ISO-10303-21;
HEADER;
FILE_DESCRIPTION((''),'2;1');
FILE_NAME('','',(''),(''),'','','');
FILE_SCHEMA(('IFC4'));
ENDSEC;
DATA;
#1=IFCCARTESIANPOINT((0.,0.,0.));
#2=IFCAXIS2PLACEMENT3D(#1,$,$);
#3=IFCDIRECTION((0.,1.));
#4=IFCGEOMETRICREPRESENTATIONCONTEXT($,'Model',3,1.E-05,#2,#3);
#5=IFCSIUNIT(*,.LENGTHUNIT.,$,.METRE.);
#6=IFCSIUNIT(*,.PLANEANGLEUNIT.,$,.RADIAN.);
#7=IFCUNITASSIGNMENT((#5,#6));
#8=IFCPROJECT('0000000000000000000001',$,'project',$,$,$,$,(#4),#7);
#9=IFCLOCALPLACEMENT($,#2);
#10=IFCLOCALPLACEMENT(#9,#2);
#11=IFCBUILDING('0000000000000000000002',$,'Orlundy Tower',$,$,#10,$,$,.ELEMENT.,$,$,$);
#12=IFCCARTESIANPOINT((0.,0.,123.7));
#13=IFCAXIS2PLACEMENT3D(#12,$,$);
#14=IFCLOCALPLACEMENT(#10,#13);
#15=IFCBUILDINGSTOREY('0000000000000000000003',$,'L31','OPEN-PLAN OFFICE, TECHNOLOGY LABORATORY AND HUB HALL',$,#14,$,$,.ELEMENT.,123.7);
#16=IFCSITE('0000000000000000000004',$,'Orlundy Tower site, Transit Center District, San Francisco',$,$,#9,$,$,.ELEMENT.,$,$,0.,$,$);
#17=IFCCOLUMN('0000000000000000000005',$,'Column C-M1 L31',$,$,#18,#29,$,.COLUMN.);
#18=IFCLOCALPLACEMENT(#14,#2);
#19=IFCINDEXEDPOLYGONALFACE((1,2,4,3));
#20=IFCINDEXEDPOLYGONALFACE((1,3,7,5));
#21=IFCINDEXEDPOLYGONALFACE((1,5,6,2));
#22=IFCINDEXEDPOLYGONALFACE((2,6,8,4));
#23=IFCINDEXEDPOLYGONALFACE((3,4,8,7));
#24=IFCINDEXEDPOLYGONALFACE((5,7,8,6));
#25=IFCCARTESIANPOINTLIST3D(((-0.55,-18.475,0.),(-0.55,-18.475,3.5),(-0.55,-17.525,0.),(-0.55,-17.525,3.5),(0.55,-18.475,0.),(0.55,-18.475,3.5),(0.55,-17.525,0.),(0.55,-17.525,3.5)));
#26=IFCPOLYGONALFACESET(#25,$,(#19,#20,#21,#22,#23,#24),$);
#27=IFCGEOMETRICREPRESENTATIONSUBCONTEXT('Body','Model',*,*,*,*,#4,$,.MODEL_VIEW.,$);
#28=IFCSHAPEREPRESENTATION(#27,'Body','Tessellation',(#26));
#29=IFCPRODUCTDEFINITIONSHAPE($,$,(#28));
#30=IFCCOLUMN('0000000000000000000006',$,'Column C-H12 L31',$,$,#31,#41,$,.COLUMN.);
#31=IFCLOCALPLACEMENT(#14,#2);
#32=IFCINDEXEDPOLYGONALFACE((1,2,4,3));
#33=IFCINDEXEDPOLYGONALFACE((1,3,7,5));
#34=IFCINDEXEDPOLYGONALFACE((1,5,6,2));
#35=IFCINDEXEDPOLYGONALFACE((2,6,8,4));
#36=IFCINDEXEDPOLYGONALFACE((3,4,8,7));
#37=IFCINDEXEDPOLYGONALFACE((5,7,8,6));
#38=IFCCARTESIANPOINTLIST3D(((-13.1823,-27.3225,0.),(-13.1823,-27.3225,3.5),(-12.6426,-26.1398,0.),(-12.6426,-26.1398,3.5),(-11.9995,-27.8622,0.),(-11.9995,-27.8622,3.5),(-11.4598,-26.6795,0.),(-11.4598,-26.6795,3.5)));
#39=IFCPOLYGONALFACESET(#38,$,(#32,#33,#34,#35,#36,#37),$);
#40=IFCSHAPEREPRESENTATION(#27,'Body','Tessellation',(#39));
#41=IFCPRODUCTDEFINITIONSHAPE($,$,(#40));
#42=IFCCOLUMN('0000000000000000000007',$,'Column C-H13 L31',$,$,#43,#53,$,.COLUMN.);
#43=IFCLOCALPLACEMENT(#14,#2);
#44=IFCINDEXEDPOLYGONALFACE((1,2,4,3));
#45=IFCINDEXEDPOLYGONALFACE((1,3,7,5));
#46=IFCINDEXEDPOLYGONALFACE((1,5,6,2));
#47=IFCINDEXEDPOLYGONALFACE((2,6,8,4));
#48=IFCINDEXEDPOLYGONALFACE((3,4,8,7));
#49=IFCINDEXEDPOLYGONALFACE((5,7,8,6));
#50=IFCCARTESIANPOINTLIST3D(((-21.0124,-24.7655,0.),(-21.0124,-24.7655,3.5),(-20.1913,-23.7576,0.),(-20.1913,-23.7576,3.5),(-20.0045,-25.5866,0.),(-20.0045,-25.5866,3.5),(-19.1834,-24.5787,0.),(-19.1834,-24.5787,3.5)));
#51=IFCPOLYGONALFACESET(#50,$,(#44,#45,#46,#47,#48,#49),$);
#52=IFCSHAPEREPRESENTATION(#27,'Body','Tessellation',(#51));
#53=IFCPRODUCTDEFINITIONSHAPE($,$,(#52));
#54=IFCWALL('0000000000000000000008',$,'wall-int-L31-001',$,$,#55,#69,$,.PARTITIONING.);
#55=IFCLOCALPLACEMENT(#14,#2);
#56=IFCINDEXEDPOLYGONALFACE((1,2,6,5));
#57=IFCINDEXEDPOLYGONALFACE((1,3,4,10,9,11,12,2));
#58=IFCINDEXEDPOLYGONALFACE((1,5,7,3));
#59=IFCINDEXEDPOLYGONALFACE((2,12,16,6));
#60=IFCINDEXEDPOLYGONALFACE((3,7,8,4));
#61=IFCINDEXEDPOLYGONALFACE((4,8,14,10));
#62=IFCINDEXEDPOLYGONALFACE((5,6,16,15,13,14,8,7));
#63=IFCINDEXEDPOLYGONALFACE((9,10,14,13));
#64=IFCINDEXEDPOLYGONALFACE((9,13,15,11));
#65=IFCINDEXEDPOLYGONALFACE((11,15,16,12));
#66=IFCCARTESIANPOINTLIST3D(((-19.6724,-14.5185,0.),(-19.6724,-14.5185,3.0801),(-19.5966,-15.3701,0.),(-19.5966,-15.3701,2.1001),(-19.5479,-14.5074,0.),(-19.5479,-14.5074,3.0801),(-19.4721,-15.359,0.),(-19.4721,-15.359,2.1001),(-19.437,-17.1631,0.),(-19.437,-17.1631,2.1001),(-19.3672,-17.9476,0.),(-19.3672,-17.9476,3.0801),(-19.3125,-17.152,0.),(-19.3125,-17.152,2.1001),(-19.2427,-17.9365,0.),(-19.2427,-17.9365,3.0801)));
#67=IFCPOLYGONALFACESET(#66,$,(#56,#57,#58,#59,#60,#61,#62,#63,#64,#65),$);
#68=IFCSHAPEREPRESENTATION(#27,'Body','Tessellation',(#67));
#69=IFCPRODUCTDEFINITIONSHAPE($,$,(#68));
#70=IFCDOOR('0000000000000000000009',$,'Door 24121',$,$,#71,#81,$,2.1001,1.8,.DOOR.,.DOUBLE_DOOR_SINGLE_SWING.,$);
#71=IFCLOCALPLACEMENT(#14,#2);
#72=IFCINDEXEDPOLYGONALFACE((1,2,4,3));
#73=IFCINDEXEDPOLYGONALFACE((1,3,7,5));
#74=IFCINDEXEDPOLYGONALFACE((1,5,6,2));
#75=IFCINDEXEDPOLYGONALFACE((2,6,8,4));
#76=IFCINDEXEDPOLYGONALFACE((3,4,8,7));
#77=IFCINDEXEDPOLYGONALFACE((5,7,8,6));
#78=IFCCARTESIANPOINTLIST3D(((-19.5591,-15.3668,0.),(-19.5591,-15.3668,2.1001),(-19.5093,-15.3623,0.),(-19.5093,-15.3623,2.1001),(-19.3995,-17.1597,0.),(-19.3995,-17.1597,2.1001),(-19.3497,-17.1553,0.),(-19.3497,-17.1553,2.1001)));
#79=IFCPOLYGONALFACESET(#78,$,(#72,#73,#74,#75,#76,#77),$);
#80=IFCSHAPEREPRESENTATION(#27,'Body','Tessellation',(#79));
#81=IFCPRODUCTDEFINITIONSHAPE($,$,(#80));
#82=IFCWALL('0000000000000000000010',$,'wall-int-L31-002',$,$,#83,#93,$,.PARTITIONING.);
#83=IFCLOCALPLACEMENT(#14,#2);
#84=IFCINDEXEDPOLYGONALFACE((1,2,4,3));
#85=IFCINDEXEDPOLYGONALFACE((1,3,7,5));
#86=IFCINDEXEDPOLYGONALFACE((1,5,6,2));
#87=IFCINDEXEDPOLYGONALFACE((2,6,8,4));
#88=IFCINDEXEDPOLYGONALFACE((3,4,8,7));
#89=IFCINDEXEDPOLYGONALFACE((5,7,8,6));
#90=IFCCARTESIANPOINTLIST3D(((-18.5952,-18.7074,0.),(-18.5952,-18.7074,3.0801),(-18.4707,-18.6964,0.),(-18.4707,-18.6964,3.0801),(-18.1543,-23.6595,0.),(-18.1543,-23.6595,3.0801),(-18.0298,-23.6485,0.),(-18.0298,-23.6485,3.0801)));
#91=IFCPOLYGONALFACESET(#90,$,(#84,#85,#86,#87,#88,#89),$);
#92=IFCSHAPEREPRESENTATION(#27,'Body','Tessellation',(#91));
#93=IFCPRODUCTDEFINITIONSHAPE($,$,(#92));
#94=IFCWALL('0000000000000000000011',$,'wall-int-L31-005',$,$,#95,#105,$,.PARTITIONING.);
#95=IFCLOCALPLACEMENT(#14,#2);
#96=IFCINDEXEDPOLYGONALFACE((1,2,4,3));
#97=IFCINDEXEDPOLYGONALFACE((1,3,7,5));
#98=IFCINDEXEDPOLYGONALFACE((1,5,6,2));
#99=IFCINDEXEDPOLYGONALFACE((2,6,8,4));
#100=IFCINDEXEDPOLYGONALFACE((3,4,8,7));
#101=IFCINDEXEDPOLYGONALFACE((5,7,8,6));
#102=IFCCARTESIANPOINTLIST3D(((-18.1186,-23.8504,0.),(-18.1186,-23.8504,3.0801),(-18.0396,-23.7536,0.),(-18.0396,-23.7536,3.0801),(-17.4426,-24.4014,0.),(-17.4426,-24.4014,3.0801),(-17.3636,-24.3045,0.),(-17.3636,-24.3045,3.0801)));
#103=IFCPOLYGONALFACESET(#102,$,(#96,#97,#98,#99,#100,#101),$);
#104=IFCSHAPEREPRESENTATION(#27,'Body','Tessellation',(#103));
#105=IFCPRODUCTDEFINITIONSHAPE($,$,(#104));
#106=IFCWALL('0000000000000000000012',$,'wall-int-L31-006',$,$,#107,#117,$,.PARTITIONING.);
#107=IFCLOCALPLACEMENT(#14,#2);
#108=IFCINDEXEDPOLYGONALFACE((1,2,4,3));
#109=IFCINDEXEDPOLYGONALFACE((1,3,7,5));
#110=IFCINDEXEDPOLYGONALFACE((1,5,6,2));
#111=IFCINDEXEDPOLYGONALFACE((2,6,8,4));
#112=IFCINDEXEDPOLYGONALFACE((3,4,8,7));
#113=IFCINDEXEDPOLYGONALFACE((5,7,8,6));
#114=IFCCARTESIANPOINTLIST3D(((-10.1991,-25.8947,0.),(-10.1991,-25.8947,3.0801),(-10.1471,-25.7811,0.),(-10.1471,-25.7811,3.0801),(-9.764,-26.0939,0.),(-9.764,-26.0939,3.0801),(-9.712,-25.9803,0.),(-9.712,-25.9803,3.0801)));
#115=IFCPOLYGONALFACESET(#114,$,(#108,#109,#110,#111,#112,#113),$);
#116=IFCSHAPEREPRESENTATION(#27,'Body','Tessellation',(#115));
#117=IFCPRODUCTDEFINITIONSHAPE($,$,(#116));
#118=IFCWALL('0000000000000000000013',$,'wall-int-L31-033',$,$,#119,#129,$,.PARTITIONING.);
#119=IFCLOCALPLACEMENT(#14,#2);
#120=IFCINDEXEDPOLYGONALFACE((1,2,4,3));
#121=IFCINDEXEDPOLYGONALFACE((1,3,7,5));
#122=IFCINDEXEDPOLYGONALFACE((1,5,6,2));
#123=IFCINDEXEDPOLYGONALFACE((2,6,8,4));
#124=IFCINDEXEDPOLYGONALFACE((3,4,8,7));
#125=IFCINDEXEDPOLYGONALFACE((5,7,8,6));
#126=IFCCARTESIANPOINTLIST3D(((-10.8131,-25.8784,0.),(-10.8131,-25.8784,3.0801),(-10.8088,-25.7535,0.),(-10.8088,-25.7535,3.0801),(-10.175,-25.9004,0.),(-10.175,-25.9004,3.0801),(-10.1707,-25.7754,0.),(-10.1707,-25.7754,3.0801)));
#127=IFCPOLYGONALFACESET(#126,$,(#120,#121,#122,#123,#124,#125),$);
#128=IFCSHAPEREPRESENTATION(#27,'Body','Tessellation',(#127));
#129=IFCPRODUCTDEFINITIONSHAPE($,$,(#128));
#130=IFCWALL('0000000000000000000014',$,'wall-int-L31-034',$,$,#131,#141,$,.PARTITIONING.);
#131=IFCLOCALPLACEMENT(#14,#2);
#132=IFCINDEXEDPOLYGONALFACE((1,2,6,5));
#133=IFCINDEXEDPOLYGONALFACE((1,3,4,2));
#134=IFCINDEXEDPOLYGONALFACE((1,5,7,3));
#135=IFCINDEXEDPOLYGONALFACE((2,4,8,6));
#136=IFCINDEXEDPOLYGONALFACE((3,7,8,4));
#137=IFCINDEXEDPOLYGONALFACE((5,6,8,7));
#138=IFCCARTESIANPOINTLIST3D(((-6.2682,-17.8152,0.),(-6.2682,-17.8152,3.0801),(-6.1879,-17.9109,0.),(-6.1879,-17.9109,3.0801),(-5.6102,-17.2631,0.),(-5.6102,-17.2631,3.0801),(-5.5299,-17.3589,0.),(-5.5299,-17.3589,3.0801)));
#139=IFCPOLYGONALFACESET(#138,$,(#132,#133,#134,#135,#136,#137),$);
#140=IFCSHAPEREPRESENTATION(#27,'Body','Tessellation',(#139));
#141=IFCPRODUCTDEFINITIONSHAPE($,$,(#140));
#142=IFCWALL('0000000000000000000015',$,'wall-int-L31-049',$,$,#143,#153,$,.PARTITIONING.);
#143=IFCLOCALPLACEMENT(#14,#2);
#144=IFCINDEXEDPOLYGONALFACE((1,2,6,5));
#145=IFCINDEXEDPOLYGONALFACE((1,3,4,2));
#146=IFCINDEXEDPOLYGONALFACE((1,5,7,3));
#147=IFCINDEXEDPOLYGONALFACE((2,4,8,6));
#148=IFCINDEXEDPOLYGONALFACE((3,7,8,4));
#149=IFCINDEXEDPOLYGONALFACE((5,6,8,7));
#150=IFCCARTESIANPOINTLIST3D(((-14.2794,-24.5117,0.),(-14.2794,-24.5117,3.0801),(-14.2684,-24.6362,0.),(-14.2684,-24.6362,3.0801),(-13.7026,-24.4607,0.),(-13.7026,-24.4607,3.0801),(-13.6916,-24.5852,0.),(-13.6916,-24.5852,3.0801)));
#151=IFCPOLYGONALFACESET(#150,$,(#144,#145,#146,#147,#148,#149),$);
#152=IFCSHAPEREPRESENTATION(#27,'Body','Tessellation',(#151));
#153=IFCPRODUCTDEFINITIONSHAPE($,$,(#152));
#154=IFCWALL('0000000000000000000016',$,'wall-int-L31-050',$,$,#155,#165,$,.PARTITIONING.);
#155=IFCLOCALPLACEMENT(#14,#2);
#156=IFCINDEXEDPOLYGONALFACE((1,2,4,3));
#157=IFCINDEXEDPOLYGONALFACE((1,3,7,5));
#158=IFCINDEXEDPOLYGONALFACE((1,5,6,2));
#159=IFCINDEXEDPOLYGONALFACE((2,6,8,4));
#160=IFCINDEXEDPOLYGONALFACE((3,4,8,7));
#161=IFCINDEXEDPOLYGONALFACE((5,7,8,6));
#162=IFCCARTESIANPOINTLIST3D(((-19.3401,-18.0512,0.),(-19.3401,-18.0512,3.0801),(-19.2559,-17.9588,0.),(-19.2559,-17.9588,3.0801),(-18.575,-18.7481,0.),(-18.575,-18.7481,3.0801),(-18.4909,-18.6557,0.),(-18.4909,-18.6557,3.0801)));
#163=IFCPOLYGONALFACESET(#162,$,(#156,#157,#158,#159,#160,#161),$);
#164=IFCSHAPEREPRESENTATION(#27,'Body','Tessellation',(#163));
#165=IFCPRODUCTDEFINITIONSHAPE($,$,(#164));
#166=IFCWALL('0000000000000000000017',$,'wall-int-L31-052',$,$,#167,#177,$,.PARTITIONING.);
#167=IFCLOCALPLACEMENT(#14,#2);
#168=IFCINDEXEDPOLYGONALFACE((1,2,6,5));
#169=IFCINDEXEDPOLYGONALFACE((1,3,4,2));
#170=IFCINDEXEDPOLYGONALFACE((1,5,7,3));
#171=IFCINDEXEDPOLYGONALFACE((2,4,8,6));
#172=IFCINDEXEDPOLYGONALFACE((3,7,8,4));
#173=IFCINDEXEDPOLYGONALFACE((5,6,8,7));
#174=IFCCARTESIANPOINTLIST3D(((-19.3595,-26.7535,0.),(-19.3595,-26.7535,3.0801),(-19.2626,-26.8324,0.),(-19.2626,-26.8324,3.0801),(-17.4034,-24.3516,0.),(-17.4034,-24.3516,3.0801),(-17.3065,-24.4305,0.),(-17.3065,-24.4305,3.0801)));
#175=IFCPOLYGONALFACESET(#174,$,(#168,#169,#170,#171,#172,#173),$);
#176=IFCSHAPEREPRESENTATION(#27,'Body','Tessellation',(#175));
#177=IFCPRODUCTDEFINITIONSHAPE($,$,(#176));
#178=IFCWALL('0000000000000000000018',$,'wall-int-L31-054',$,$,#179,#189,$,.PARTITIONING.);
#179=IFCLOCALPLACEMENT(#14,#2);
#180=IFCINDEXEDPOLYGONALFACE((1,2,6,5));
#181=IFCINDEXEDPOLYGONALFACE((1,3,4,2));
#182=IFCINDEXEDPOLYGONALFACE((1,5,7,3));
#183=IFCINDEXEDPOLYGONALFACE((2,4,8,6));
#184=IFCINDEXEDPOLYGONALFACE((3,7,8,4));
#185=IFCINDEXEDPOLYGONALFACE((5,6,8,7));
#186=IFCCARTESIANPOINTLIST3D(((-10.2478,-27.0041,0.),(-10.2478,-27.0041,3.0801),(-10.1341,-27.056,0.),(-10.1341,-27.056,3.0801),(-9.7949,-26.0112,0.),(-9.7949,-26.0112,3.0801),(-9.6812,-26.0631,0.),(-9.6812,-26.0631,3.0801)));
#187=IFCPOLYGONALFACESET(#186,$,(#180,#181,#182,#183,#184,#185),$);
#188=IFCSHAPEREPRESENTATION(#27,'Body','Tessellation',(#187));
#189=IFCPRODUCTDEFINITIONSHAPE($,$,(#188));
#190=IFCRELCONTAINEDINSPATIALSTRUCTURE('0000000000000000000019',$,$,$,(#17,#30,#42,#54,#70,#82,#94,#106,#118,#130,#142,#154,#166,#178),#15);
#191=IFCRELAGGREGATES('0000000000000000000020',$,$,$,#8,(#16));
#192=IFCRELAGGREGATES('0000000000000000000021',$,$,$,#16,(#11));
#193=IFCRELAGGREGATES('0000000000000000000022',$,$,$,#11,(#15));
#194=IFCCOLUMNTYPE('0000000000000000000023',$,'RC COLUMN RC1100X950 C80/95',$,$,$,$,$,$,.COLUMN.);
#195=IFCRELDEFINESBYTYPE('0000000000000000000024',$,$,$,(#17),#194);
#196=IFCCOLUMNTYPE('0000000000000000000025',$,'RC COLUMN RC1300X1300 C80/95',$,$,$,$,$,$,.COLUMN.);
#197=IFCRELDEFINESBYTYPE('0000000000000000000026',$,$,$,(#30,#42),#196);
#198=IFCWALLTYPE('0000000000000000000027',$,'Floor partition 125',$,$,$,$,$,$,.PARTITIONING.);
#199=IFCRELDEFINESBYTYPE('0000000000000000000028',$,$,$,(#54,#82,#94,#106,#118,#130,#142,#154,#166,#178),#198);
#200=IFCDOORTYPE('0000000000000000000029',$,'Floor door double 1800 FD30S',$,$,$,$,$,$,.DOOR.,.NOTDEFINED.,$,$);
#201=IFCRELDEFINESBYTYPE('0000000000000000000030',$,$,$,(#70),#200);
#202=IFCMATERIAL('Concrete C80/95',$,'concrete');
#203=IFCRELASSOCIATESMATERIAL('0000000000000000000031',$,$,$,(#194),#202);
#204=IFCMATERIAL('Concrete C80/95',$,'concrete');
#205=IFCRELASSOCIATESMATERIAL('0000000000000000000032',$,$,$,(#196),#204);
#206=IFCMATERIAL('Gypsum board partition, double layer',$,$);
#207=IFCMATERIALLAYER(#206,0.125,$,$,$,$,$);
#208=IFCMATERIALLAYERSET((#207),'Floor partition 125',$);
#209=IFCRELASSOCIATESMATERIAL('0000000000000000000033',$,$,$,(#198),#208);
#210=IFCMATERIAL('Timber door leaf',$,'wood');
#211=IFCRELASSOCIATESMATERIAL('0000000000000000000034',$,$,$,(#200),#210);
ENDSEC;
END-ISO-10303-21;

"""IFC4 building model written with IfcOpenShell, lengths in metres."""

from ifc_helpers import new_model, si_unit, direction, frame, frame_2d, origin, origin_2d, place, context, subcontext, project, spatial, rectangle, extrude, material, layer, layer_set, material_profile, profile_set, type_object, element, fill, save


model = new_model("IFC4")

# Units and contexts
model_context = context("Model", 3, precision=1e-05, world=origin(), true_north=direction((0.0, 1.0)))
body_context = subcontext(model_context, "Body", "Model", "MODEL_VIEW")
ifc_project = project(units=[si_unit("LENGTHUNIT", "METRE"), si_unit("PLANEANGLEUNIT", "RADIAN")], contexts=[model_context])

# Site, building, storey
site_placement = place(None, origin())
site = spatial("IfcSite", under=ifc_project, at=site_placement, Name="Orlundy Tower site, Transit Center District, San Francisco", CompositionType="ELEMENT", RefElevation=0.0)
building_placement = place(site_placement, origin())
building = spatial("IfcBuilding", under=site, at=building_placement, Name="Orlundy Tower", CompositionType="ELEMENT")
storey_placement = place(building_placement, frame((0.0, 0.0, 123.7)))
storey = spatial("IfcBuildingStorey", under=building, at=storey_placement, Name="L31", Description="OPEN-PLAN OFFICE, TECHNOLOGY LABORATORY AND HUB HALL", CompositionType="ELEMENT", Elevation=123.7)

# Columns
ifc_material_1 = material(Name="Concrete C80/95", Category="concrete")
ifc_material_profile_1 = material_profile(ifc_material_1, rectangle(XDim=1.1001, YDim=0.95, at=origin_2d()), Name="RC1100X950")
ifc_profile_set_1 = profile_set([ifc_material_profile_1], Name="Concrete C80/95")
column_type_1 = type_object("IfcColumnType", Name="RC COLUMN RC1100X950 C80/95", PredefinedType="COLUMN", material=ifc_profile_set_1)
column_placement = place(storey_placement, frame((0.0, -18.0, 0.0), z_axis=(0.0, 0.0, 1.0), x_axis=(1.0, 0.0, 0.0)))
element("IfcColumn", 1, at=column_placement, inside=storey, type_object=column_type_1, Name="Column C-M1 L31", PredefinedType="COLUMN", context=body_context, shape_type="SweptSolid", body=[
    extrude(rectangle(XDim=1.1001, YDim=0.95, at=origin_2d()), origin(), (0.0, 0.0, 1.0), 3.5),
])
ifc_material_2 = material(Name="Concrete C80/95", Category="concrete")
ifc_material_profile_2 = material_profile(ifc_material_2, rectangle(XDim=1.3, YDim=1.3, at=origin_2d()), Name="RC1300X1300")
ifc_profile_set_2 = profile_set([ifc_material_profile_2], Name="Concrete C80/95")
column_type_2 = type_object("IfcColumnType", Name="RC COLUMN RC1300X1300 C80/95", PredefinedType="COLUMN", material=ifc_profile_set_2)
for number, where, z_axis, x_axis, name in (
    (2, (-12.321, -27.001, 0.0), (0.0, 0.0, 1.0), (-0.415138, -0.909759, 0.0), "Column C-H12 L31"),
    (3, (-20.0979, -24.6721, 0.0), (0.0, 0.0, 1.0), (-0.631583, -0.775308, 0.0), "Column C-H13 L31"),
):
    element("IfcColumn", number, at=place(storey_placement, frame(where, z_axis=z_axis, x_axis=x_axis)), inside=storey, type_object=column_type_2, Name=name, PredefinedType="COLUMN", context=body_context, shape_type="SweptSolid", body=[
        extrude(rectangle(XDim=1.3, YDim=1.3, at=origin_2d()), origin(), (0.0, 0.0, 1.0), 3.5),
    ])

# Wall, opening, door
ifc_material_3 = material(Name="Gypsum board partition, double layer")
ifc_layer_1 = layer(ifc_material_3, 0.125)
ifc_layer_set_1 = layer_set([ifc_layer_1], Name="Floor partition 125")
wall_type_1 = type_object("IfcWallType", Name="Floor partition 125", PredefinedType="PARTITIONING", material=ifc_layer_set_1)
wall_1_placement = place(storey_placement, frame((-19.3049, -17.9419, 0.0), z_axis=(0.0, 0.0, 1.0), x_axis=(-0.088649, 0.996063, 0.0)))
wall_1 = element("IfcWall", 4, at=wall_1_placement, inside=storey, type_object=wall_type_1, Name="wall-int-L31-001", PredefinedType="PARTITIONING", context=body_context, shape_type="SweptSolid", body=[
    extrude(rectangle(XDim=3.4426, YDim=0.125, at=frame_2d((1.7212, 0.0))), origin(), (0.0, 0.0, 1.0), 3.0801),
])
opening_1_placement = place(wall_1_placement, frame((0.7876, 0.0, 0.0)))
opening_1 = element("IfcOpeningElement", 5, at=opening_1_placement, cuts=wall_1, PredefinedType="OPENING", context=body_context, shape_type="SweptSolid", body=[
    extrude(rectangle(XDim=1.8, YDim=2.1001, at=frame_2d((0.8999, 1.05))), frame((0.0, 0.0725, 0.0), z_axis=(0.0, -1.0, 0.0), x_axis=(1.0, 0.0, 0.0)), (0.0, 0.0, 1.0), 0.145),
])
ifc_material_4 = material(Name="Timber door leaf", Category="wood")
door_type_1 = type_object("IfcDoorType", Name="Floor door double 1800 FD30S", OperationType="NOTDEFINED", PredefinedType="DOOR", material=ifc_material_4)
door_1_placement = place(opening_1_placement, origin())
door_1 = element("IfcDoor", 6, at=door_1_placement, inside=storey, type_object=door_type_1, Name="Door 24121", OperationType="DOUBLE_DOOR_SINGLE_SWING", OverallHeight=2.1001, OverallWidth=1.8, PredefinedType="DOOR", context=body_context, shape_type="SweptSolid", body=[
    extrude(rectangle(XDim=1.8, YDim=2.1001, at=frame_2d((0.8999, 1.05))), frame((0.0, 0.0249, 0.0), z_axis=(0.0, -1.0, 0.0), x_axis=(1.0, 0.0, 0.0)), (0.0, 0.0, 1.0), 0.05),
])
fill(opening_1, door_1)

# Walls
wall_2_placement = place(storey_placement, frame((-18.533, -18.7019, 0.0), z_axis=(0.0, 0.0, 1.0), x_axis=(0.088685, -0.99606, 0.0)))
element("IfcWall", 7, at=wall_2_placement, inside=storey, type_object=wall_type_1, Name="wall-int-L31-002", PredefinedType="PARTITIONING", context=body_context, shape_type="SweptSolid", body=[
    extrude(rectangle(XDim=4.9717, YDim=0.125, at=frame_2d((2.4858, 0.0))), origin(), (0.0, 0.0, 1.0), 3.0801),
])
wall_3_placement = place(storey_placement, frame((-18.0791, -23.802, 0.0), z_axis=(0.0, 0.0, 1.0), x_axis=(0.775128, -0.631804, 0.0)))
element("IfcWall", 8, at=wall_3_placement, inside=storey, type_object=wall_type_1, Name="wall-int-L31-005", PredefinedType="PARTITIONING", context=body_context, shape_type="SweptSolid", body=[
    extrude(rectangle(XDim=0.8721, YDim=0.125, at=frame_2d((0.436, 0.0))), origin(), (0.0, 0.0, 1.0), 3.0801),
])
wall_4_placement = place(storey_placement, frame((-10.1731, -25.8379, 0.0), z_axis=(0.0, 0.0, 1.0), x_axis=(0.90921, -0.416338, 0.0)))
element("IfcWall", 9, at=wall_4_placement, inside=storey, type_object=wall_type_1, Name="wall-int-L31-006", PredefinedType="PARTITIONING", context=body_context, shape_type="SweptSolid", body=[
    extrude(rectangle(XDim=0.4785, YDim=0.125, at=frame_2d((0.2393, 0.0))), origin(), (0.0, 0.0, 1.0), 3.0801),
])
wall_5_placement = place(storey_placement, frame((-10.811, -25.8159, 0.0), z_axis=(0.0, 0.0, 1.0), x_axis=(0.999407, -0.034423, 0.0)))
element("IfcWall", 10, at=wall_5_placement, inside=storey, type_object=wall_type_1, Name="wall-int-L31-033", PredefinedType="PARTITIONING", context=body_context, shape_type="SweptSolid", body=[
    extrude(rectangle(XDim=0.6384, YDim=0.125, at=frame_2d((0.3193, 0.0))), origin(), (0.0, 0.0, 1.0), 3.0801),
])
wall_6_placement = place(storey_placement, frame((-6.228, -17.863, 0.0), z_axis=(0.0, 0.0, 1.0), x_axis=(0.766097, 0.642725, 0.0)))
element("IfcWall", 11, at=wall_6_placement, inside=storey, type_object=wall_type_1, Name="wall-int-L31-034", PredefinedType="PARTITIONING", context=body_context, shape_type="SweptSolid", body=[
    extrude(rectangle(XDim=0.8589, YDim=0.125, at=frame_2d((0.4294, 0.0))), origin(), (0.0, 0.0, 1.0), 3.0801),
])
wall_7_placement = place(storey_placement, frame((-14.2739, -24.574, 0.0), z_axis=(0.0, 0.0, 1.0), x_axis=(0.996111, 0.088103, 0.0)))
element("IfcWall", 12, at=wall_7_placement, inside=storey, type_object=wall_type_1, Name="wall-int-L31-049", PredefinedType="PARTITIONING", context=body_context, shape_type="SweptSolid", body=[
    extrude(rectangle(XDim=0.5791, YDim=0.125, at=frame_2d((0.2896, 0.0))), origin(), (0.0, 0.0, 1.0), 3.0801),
])
wall_8_placement = place(storey_placement, frame((-19.2981, -18.0049, 0.0), z_axis=(0.0, 0.0, 1.0), x_axis=(0.739246, -0.673436, 0.0)))
element("IfcWall", 13, at=wall_8_placement, inside=storey, type_object=wall_type_1, Name="wall-int-L31-050", PredefinedType="PARTITIONING", context=body_context, shape_type="SweptSolid", body=[
    extrude(rectangle(XDim=1.0349, YDim=0.125, at=frame_2d((0.5176, 0.0))), origin(), (0.0, 0.0, 1.0), 3.0801),
])
wall_9_placement = place(storey_placement, frame((-19.311, -26.793, 0.0), z_axis=(0.0, 0.0, 1.0), x_axis=(0.631476, 0.775395, 0.0)))
element("IfcWall", 14, at=wall_9_placement, inside=storey, type_object=wall_type_1, Name="wall-int-L31-052", PredefinedType="PARTITIONING", context=body_context, shape_type="SweptSolid", body=[
    extrude(rectangle(XDim=3.0977, YDim=0.125, at=frame_2d((1.5488, 0.0))), origin(), (0.0, 0.0, 1.0), 3.0801),
])
wall_10_placement = place(storey_placement, frame((-10.1909, -27.03, 0.0), z_axis=(0.0, 0.0, 1.0), x_axis=(0.414982, 0.909829, 0.0)))
element("IfcWall", 15, at=wall_10_placement, inside=storey, type_object=wall_type_1, Name="wall-int-L31-054", PredefinedType="PARTITIONING", context=body_context, shape_type="SweptSolid", body=[
    extrude(rectangle(XDim=1.0913, YDim=0.125, at=frame_2d((0.5457, 0.0))), origin(), (0.0, 0.0, 1.0), 3.0801),
])

save(model, "model.ifc")
